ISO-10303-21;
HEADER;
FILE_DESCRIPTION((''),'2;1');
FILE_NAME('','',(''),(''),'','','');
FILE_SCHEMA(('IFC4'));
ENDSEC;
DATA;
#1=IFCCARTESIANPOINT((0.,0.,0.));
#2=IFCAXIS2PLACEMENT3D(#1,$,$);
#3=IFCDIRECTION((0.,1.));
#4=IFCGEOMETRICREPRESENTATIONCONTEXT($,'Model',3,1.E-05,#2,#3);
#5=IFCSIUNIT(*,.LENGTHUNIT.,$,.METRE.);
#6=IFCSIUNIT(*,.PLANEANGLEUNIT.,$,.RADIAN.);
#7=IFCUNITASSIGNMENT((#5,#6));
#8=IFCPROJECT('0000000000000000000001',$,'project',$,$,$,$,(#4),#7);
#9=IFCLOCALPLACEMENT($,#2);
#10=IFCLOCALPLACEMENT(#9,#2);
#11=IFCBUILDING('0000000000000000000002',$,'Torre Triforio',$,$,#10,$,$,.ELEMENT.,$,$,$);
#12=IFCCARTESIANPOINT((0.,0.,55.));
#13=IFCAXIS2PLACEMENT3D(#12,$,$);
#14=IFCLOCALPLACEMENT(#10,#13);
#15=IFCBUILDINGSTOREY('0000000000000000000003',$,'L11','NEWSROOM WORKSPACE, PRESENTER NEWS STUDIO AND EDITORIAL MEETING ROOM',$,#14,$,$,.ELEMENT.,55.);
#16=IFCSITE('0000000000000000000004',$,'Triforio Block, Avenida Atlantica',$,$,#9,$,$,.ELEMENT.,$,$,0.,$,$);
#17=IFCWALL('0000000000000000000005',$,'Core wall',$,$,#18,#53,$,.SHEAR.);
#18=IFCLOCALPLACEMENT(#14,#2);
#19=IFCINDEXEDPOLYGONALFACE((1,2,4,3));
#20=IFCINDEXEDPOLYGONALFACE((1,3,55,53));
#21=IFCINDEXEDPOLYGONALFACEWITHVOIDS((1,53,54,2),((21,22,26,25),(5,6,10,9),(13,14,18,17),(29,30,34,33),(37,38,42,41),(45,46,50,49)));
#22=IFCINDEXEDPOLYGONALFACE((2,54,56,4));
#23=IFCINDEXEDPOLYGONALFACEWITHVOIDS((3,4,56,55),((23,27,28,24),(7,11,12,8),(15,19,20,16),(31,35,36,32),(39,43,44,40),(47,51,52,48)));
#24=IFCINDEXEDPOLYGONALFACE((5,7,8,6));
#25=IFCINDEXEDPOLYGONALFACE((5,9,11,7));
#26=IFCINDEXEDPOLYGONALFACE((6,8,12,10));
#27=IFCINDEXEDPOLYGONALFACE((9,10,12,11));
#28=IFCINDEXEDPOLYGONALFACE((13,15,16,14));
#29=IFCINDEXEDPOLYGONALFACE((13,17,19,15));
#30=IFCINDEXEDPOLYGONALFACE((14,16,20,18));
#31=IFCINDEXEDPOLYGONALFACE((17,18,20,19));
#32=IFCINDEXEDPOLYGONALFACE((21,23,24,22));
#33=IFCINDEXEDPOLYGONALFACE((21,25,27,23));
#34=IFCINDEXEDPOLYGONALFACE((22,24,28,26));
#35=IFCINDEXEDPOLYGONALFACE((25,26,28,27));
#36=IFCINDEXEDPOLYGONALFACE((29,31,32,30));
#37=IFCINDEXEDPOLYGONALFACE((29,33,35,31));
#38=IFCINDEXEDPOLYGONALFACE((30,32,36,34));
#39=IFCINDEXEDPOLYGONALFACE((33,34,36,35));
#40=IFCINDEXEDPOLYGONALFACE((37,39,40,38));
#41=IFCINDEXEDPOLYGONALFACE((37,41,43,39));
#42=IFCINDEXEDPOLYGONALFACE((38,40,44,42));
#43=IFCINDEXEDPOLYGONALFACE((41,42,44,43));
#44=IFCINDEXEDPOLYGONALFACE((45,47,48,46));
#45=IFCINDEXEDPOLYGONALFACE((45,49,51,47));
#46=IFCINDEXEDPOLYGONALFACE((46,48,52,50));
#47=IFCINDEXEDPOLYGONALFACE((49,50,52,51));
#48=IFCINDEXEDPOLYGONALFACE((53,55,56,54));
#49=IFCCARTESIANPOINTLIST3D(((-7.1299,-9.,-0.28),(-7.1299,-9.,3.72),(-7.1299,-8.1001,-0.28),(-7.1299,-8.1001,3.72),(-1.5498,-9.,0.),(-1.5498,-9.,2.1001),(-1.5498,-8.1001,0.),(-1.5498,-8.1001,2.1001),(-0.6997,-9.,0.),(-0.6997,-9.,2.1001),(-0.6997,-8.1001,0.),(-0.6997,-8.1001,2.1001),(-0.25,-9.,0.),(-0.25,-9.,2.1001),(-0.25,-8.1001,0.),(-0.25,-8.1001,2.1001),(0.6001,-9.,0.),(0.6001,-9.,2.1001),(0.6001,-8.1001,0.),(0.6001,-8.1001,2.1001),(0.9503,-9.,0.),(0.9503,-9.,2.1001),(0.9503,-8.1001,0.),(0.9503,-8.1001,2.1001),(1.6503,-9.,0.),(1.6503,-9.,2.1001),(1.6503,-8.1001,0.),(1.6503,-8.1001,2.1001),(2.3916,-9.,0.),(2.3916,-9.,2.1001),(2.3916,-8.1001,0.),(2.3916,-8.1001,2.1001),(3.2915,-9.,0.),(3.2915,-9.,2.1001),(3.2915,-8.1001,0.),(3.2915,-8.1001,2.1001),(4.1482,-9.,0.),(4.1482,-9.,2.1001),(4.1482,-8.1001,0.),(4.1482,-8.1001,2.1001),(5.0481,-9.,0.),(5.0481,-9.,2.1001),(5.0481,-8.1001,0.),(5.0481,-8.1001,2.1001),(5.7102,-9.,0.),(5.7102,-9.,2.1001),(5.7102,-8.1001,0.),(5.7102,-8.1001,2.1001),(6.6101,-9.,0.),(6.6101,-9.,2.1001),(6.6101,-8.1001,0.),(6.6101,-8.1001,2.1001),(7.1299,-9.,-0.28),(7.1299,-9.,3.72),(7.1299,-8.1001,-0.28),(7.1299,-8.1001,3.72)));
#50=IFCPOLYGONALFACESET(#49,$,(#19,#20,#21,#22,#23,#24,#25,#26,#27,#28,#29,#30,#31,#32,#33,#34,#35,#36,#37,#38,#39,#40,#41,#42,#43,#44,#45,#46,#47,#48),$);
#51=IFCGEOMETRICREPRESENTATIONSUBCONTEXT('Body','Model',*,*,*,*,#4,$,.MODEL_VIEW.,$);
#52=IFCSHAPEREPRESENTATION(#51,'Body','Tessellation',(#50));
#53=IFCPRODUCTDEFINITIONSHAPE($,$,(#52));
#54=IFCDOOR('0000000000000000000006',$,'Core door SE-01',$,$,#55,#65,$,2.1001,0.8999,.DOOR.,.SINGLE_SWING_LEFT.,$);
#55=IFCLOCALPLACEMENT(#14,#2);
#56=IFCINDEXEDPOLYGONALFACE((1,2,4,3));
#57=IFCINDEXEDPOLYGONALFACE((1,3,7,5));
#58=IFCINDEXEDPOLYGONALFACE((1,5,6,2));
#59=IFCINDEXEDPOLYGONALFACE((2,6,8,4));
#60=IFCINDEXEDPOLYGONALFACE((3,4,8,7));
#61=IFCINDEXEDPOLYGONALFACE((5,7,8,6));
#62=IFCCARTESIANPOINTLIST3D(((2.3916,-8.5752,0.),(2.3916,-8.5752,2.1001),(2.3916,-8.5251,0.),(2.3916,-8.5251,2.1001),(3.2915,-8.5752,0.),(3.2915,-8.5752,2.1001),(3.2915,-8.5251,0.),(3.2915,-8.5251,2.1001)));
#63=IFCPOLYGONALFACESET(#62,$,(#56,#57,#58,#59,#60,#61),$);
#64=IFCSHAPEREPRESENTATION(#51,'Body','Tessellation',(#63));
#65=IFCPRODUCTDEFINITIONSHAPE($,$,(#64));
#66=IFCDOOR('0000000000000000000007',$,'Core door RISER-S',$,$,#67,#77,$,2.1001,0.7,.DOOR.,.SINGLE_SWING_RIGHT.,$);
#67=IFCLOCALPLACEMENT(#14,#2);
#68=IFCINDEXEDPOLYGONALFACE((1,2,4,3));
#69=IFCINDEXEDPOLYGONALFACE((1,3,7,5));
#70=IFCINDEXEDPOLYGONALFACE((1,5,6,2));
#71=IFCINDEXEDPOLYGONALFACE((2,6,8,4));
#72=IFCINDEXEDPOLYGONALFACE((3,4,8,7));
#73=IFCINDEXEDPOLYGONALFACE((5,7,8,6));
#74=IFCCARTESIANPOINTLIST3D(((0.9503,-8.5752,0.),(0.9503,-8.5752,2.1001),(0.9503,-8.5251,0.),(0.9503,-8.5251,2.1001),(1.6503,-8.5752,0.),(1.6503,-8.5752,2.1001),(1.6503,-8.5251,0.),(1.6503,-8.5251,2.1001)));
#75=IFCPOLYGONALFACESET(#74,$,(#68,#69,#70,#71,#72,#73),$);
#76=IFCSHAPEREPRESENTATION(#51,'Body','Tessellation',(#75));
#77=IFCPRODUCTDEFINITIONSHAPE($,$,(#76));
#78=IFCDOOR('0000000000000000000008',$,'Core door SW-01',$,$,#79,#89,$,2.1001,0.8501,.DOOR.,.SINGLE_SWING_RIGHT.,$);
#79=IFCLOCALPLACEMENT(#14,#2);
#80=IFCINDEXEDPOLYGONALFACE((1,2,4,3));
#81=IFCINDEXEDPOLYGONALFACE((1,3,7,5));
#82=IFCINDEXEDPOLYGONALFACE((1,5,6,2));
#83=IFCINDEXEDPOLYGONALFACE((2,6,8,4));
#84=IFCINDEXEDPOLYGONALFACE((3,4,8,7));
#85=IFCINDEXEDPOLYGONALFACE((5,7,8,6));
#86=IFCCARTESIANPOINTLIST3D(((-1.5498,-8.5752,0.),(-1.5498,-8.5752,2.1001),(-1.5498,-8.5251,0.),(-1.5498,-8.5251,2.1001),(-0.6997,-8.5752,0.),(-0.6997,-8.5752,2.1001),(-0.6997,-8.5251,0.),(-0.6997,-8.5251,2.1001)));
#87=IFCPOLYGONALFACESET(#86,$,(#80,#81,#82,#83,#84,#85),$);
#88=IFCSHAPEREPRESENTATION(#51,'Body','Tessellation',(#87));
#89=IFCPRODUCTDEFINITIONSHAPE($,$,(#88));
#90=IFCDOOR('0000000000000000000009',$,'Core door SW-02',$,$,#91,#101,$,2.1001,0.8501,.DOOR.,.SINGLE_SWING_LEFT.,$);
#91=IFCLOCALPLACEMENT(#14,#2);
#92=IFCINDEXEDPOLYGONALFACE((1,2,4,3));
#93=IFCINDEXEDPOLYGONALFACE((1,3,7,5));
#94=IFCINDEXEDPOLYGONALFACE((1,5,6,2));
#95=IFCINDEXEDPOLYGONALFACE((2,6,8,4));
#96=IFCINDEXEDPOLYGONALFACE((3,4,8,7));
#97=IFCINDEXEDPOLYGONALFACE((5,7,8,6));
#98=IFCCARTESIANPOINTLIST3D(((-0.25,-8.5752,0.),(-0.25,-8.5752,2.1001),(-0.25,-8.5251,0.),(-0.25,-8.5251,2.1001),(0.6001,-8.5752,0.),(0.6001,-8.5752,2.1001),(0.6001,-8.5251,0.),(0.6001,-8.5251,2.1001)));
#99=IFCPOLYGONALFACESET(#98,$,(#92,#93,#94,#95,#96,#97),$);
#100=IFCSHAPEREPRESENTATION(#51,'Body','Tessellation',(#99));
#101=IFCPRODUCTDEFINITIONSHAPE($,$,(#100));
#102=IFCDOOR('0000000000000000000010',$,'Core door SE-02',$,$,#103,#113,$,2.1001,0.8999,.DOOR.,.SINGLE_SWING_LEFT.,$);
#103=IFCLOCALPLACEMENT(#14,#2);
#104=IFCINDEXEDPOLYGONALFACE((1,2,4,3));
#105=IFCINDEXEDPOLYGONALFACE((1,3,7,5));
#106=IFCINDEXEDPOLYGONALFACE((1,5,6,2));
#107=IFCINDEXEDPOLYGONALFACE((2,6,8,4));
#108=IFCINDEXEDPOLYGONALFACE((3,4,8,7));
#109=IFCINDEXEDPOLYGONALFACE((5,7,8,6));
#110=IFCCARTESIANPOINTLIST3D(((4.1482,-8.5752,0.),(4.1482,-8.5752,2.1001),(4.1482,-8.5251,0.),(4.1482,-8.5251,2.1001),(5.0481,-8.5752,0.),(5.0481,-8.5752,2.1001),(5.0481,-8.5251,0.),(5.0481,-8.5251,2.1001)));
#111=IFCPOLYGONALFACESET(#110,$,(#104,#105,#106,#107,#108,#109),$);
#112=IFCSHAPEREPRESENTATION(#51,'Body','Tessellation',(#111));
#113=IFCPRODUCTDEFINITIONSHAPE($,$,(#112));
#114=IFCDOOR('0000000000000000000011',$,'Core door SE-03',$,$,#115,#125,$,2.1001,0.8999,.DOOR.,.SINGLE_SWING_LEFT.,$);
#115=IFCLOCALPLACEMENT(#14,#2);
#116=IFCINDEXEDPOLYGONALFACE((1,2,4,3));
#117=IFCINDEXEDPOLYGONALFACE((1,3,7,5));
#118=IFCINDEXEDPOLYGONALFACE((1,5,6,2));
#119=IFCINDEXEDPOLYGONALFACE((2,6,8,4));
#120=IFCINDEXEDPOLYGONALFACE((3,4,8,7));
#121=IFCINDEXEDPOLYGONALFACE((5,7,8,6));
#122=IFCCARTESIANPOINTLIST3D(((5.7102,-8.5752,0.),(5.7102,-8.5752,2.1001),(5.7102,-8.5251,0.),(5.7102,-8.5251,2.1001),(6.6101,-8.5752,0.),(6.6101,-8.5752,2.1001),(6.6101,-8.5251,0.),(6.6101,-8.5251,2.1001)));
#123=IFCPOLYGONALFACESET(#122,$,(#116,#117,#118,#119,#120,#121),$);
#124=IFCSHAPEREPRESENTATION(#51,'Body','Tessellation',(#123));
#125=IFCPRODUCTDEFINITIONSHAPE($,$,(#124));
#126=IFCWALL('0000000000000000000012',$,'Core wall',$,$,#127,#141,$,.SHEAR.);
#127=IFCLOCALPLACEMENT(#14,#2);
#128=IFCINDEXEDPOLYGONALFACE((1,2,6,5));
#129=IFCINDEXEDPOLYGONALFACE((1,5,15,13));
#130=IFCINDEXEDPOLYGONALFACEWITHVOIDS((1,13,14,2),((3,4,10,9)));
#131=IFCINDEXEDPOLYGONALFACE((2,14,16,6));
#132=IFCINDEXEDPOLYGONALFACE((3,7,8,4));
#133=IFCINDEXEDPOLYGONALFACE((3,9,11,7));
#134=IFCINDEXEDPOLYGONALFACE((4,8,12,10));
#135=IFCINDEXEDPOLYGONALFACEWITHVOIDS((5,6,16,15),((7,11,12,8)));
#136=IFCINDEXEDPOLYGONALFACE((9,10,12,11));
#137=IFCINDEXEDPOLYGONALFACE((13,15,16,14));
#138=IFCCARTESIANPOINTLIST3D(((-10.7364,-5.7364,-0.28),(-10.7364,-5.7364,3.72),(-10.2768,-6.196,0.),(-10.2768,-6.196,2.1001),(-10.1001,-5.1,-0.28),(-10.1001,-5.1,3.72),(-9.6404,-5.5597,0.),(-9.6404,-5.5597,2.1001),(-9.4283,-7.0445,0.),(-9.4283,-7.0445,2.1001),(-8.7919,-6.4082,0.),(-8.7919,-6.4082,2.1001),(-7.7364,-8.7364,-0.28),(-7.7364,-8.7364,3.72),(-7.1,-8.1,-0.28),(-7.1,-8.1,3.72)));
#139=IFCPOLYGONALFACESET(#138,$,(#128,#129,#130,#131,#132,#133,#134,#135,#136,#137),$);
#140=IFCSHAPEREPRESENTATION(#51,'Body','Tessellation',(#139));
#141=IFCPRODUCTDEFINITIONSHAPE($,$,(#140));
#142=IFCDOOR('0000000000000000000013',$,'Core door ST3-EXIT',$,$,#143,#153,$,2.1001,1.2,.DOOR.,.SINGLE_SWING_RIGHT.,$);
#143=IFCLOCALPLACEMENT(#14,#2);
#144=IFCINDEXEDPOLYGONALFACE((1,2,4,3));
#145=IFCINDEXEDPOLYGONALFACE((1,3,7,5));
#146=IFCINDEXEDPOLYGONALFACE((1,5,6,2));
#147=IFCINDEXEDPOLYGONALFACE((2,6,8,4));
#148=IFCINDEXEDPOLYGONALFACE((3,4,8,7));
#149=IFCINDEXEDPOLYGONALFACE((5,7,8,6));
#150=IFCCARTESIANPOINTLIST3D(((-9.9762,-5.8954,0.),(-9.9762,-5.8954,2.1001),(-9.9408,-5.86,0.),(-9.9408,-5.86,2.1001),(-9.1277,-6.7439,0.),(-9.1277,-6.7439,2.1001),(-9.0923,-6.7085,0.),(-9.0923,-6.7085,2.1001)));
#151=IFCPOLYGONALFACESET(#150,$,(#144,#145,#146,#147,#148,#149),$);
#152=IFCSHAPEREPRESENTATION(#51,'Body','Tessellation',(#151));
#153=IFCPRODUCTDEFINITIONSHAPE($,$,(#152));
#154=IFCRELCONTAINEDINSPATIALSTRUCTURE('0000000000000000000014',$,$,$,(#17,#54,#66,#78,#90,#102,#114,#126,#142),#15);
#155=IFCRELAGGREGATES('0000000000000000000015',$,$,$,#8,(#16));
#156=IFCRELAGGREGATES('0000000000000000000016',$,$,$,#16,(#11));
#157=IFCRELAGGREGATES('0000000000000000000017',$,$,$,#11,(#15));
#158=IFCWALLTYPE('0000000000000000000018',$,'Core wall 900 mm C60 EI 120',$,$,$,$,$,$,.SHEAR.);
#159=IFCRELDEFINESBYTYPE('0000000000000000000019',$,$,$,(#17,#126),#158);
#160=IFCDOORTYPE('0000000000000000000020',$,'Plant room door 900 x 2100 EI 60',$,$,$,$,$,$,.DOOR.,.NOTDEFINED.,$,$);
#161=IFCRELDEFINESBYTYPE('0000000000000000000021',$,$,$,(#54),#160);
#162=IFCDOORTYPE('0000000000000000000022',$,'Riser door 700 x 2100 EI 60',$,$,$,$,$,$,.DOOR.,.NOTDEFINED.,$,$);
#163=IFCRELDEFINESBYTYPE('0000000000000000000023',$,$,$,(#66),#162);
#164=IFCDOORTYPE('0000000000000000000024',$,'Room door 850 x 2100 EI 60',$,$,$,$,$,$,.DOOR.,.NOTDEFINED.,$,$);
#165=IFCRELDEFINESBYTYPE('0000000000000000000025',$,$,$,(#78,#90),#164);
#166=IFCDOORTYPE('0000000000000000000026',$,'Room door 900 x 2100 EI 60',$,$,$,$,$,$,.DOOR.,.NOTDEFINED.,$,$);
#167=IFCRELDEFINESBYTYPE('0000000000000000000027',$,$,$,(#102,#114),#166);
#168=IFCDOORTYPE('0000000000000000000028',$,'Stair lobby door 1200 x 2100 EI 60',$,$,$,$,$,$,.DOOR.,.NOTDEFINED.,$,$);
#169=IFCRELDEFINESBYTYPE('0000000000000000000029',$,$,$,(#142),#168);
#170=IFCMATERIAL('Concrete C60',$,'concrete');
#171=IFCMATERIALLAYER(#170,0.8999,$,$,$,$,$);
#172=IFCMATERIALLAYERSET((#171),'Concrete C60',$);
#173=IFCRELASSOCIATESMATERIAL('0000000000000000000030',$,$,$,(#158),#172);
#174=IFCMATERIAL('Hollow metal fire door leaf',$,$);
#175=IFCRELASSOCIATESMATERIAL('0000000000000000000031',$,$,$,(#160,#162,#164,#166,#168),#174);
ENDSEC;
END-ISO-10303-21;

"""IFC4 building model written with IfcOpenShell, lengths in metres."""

from ifc_helpers import new_model, si_unit, direction, frame, frame_2d, origin, place, context, subcontext, project, spatial, rectangle, extrude, material, layer, layer_set, type_object, element, fill, save


model = new_model("IFC4")

# Units and contexts
model_context = context("Model", 3, precision=1e-05, world=origin(), true_north=direction((0.0, 1.0)))
body_context = subcontext(model_context, "Body", "Model", "MODEL_VIEW")
ifc_project = project(units=[si_unit("LENGTHUNIT", "METRE"), si_unit("PLANEANGLEUNIT", "RADIAN")], contexts=[model_context])

# Site, building, storey
site_placement = place(None, origin())
site = spatial("IfcSite", under=ifc_project, at=site_placement, Name="Triforio Block, Avenida Atlantica", CompositionType="ELEMENT", RefElevation=0.0)
building_placement = place(site_placement, origin())
building = spatial("IfcBuilding", under=site, at=building_placement, Name="Torre Triforio", CompositionType="ELEMENT")
storey_placement = place(building_placement, frame((0.0, 0.0, 55.0)))
storey = spatial("IfcBuildingStorey", under=building, at=storey_placement, Name="L11", Description="NEWSROOM WORKSPACE, PRESENTER NEWS STUDIO AND EDITORIAL MEETING ROOM", CompositionType="ELEMENT", Elevation=55.0)

# Shared definitions
ifc_material_1 = material(Name="Concrete C60", Category="concrete")

# Wall, openings, doors
ifc_layer_1 = layer(ifc_material_1, 0.8999)
ifc_layer_set_1 = layer_set([ifc_layer_1], Name="Concrete C60")
wall_type_1 = type_object("IfcWallType", Name="Core wall 900 mm C60 EI 120", PredefinedType="SHEAR", material=ifc_layer_set_1)
wall_1_placement = place(storey_placement, frame((-7.1299, -8.55, -0.28), z_axis=(0.0, 0.0, 1.0), x_axis=(1.0, 0.0, 0.0)))
wall_1 = element("IfcWall", 1, at=wall_1_placement, inside=storey, type_object=wall_type_1, Name="Core wall", PredefinedType="SHEAR", context=body_context, shape_type="SweptSolid", body=[
    extrude(rectangle(XDim=14.2598, YDim=0.8999, at=frame_2d((7.1299, 0.0))), origin(), (0.0, 0.0, 1.0), 4.0),
])
opening_1_placement = place(wall_1_placement, frame((8.0801, 0.0, 0.28)))
opening_1 = element("IfcOpeningElement", 2, at=opening_1_placement, cuts=wall_1, PredefinedType="OPENING", context=body_context, shape_type="SweptSolid", body=[
    extrude(rectangle(XDim=0.7, YDim=2.1001, at=frame_2d((0.3501, 1.05))), frame((0.0, 0.46, 0.0), z_axis=(0.0, -1.0, 0.0), x_axis=(1.0, 0.0, 0.0)), (0.0, 0.0, 1.0), 0.9199),
])
opening_2_placement = place(wall_1_placement, frame((5.5801, 0.0, 0.28)))
opening_2 = element("IfcOpeningElement", 3, at=opening_2_placement, cuts=wall_1, PredefinedType="OPENING", context=body_context, shape_type="SweptSolid", body=[
    extrude(rectangle(XDim=0.8501, YDim=2.1001, at=frame_2d((0.425, 1.05))), frame((0.0, 0.46, 0.0), z_axis=(0.0, -1.0, 0.0), x_axis=(1.0, 0.0, 0.0)), (0.0, 0.0, 1.0), 0.9199),
])
opening_3_placement = place(wall_1_placement, frame((6.8799, 0.0, 0.28)))
opening_3 = element("IfcOpeningElement", 4, at=opening_3_placement, cuts=wall_1, PredefinedType="OPENING", context=body_context, shape_type="SweptSolid", body=[
    extrude(rectangle(XDim=0.8501, YDim=2.1001, at=frame_2d((0.425, 1.05))), frame((0.0, 0.46, 0.0), z_axis=(0.0, -1.0, 0.0), x_axis=(1.0, 0.0, 0.0)), (0.0, 0.0, 1.0), 0.9199),
])
opening_4_placement = place(wall_1_placement, frame((9.5215, 0.0, 0.28)))
opening_4 = element("IfcOpeningElement", 5, at=opening_4_placement, cuts=wall_1, PredefinedType="OPENING", context=body_context, shape_type="SweptSolid", body=[
    extrude(rectangle(XDim=0.8999, YDim=2.1001, at=frame_2d((0.45, 1.05))), frame((0.0, 0.46, 0.0), z_axis=(0.0, -1.0, 0.0), x_axis=(1.0, 0.0, 0.0)), (0.0, 0.0, 1.0), 0.9199),
])
opening_5_placement = place(wall_1_placement, frame((11.2781, 0.0, 0.28)))
opening_5 = element("IfcOpeningElement", 6, at=opening_5_placement, cuts=wall_1, PredefinedType="OPENING", context=body_context, shape_type="SweptSolid", body=[
    extrude(rectangle(XDim=0.8999, YDim=2.1001, at=frame_2d((0.45, 1.05))), frame((0.0, 0.46, 0.0), z_axis=(0.0, -1.0, 0.0), x_axis=(1.0, 0.0, 0.0)), (0.0, 0.0, 1.0), 0.9199),
])
opening_6_placement = place(wall_1_placement, frame((12.8401, 0.0, 0.28)))
opening_6 = element("IfcOpeningElement", 7, at=opening_6_placement, cuts=wall_1, PredefinedType="OPENING", context=body_context, shape_type="SweptSolid", body=[
    extrude(rectangle(XDim=0.8999, YDim=2.1001, at=frame_2d((0.45, 1.05))), frame((0.0, 0.46, 0.0), z_axis=(0.0, -1.0, 0.0), x_axis=(1.0, 0.0, 0.0)), (0.0, 0.0, 1.0), 0.9199),
])
ifc_material_2 = material(Name="Hollow metal fire door leaf")
door_type_1 = type_object("IfcDoorType", Name="Plant room door 900 x 2100 EI 60", OperationType="NOTDEFINED", PredefinedType="DOOR", material=ifc_material_2)
door_1_placement = place(opening_4_placement, origin())
door_1 = element("IfcDoor", 8, at=door_1_placement, inside=storey, type_object=door_type_1, Name="Core door SE-01", OperationType="SINGLE_SWING_LEFT", OverallHeight=2.1001, OverallWidth=0.8999, PredefinedType="DOOR", context=body_context, shape_type="SweptSolid", body=[
    extrude(rectangle(XDim=0.8999, YDim=2.1001, at=frame_2d((0.45, 1.05))), frame((0.0, 0.0249, 0.0), z_axis=(0.0, -1.0, 0.0), x_axis=(1.0, 0.0, 0.0)), (0.0, 0.0, 1.0), 0.05),
])
fill(opening_4, door_1)
door_type_2 = type_object("IfcDoorType", Name="Riser door 700 x 2100 EI 60", OperationType="NOTDEFINED", PredefinedType="DOOR", material=ifc_material_2)
door_2_placement = place(opening_1_placement, origin())
door_2 = element("IfcDoor", 9, at=door_2_placement, inside=storey, type_object=door_type_2, Name="Core door RISER-S", OperationType="SINGLE_SWING_RIGHT", OverallHeight=2.1001, OverallWidth=0.7, PredefinedType="DOOR", context=body_context, shape_type="SweptSolid", body=[
    extrude(rectangle(XDim=0.7, YDim=2.1001, at=frame_2d((0.3501, 1.05))), frame((0.0, 0.0249, 0.0), z_axis=(0.0, -1.0, 0.0), x_axis=(1.0, 0.0, 0.0)), (0.0, 0.0, 1.0), 0.05),
])
fill(opening_1, door_2)
door_type_3 = type_object("IfcDoorType", Name="Room door 850 x 2100 EI 60", OperationType="NOTDEFINED", PredefinedType="DOOR", material=ifc_material_2)
door_3_placement = place(opening_2_placement, origin())
door_3 = element("IfcDoor", 10, at=door_3_placement, inside=storey, type_object=door_type_3, Name="Core door SW-01", OperationType="SINGLE_SWING_RIGHT", OverallHeight=2.1001, OverallWidth=0.8501, PredefinedType="DOOR", context=body_context, shape_type="SweptSolid", body=[
    extrude(rectangle(XDim=0.8501, YDim=2.1001, at=frame_2d((0.425, 1.05))), frame((0.0, 0.0249, 0.0), z_axis=(0.0, -1.0, 0.0), x_axis=(1.0, 0.0, 0.0)), (0.0, 0.0, 1.0), 0.05),
])
fill(opening_2, door_3)
door_4_placement = place(opening_3_placement, origin())
door_4 = element("IfcDoor", 11, at=door_4_placement, inside=storey, type_object=door_type_3, Name="Core door SW-02", OperationType="SINGLE_SWING_LEFT", OverallHeight=2.1001, OverallWidth=0.8501, PredefinedType="DOOR", context=body_context, shape_type="SweptSolid", body=[
    extrude(rectangle(XDim=0.8501, YDim=2.1001, at=frame_2d((0.425, 1.05))), frame((0.0, 0.0249, 0.0), z_axis=(0.0, -1.0, 0.0), x_axis=(1.0, 0.0, 0.0)), (0.0, 0.0, 1.0), 0.05),
])
fill(opening_3, door_4)
door_type_4 = type_object("IfcDoorType", Name="Room door 900 x 2100 EI 60", OperationType="NOTDEFINED", PredefinedType="DOOR", material=ifc_material_2)
door_5_placement = place(opening_5_placement, origin())
door_5 = element("IfcDoor", 12, at=door_5_placement, inside=storey, type_object=door_type_4, Name="Core door SE-02", OperationType="SINGLE_SWING_LEFT", OverallHeight=2.1001, OverallWidth=0.8999, PredefinedType="DOOR", context=body_context, shape_type="SweptSolid", body=[
    extrude(rectangle(XDim=0.8999, YDim=2.1001, at=frame_2d((0.45, 1.05))), frame((0.0, 0.0249, 0.0), z_axis=(0.0, -1.0, 0.0), x_axis=(1.0, 0.0, 0.0)), (0.0, 0.0, 1.0), 0.05),
])
fill(opening_5, door_5)
door_6_placement = place(opening_6_placement, origin())
door_6 = element("IfcDoor", 13, at=door_6_placement, inside=storey, type_object=door_type_4, Name="Core door SE-03", OperationType="SINGLE_SWING_LEFT", OverallHeight=2.1001, OverallWidth=0.8999, PredefinedType="DOOR", context=body_context, shape_type="SweptSolid", body=[
    extrude(rectangle(XDim=0.8999, YDim=2.1001, at=frame_2d((0.45, 1.05))), frame((0.0, 0.0249, 0.0), z_axis=(0.0, -1.0, 0.0), x_axis=(1.0, 0.0, 0.0)), (0.0, 0.0, 1.0), 0.05),
])
fill(opening_6, door_6)

# Wall, opening, door
wall_2_placement = place(storey_placement, frame((-7.4182, -8.4182, -0.28), z_axis=(0.0, 0.0, 1.0), x_axis=(-0.707107, 0.707107, 0.0)))
wall_2 = element("IfcWall", 14, at=wall_2_placement, inside=storey, type_object=wall_type_1, Name="Core wall", PredefinedType="SHEAR", context=body_context, shape_type="SweptSolid", body=[
    extrude(rectangle(XDim=4.2427, YDim=0.8999, at=frame_2d((2.1213, 0.0))), origin(), (0.0, 0.0, 1.0), 4.0),
])
opening_7_placement = place(wall_2_placement, frame((2.3926, 0.0, 0.28)))
opening_7 = element("IfcOpeningElement", 15, at=opening_7_placement, cuts=wall_2, PredefinedType="OPENING", context=body_context, shape_type="SweptSolid", body=[
    extrude(rectangle(XDim=1.2, YDim=2.1001, at=frame_2d((0.6001, 1.05))), frame((0.0, 0.46, 0.0), z_axis=(0.0, -1.0, 0.0), x_axis=(1.0, 0.0, 0.0)), (0.0, 0.0, 1.0), 0.9199),
])
door_type_5 = type_object("IfcDoorType", Name="Stair lobby door 1200 x 2100 EI 60", OperationType="NOTDEFINED", PredefinedType="DOOR", material=ifc_material_2)
door_7_placement = place(opening_7_placement, origin())
door_7 = element("IfcDoor", 16, at=door_7_placement, inside=storey, type_object=door_type_5, Name="Core door ST3-EXIT", OperationType="SINGLE_SWING_RIGHT", OverallHeight=2.1001, OverallWidth=1.2, PredefinedType="DOOR", context=body_context, shape_type="SweptSolid", body=[
    extrude(rectangle(XDim=1.2, YDim=2.1001, at=frame_2d((0.6001, 1.05))), frame((0.0, 0.0249, 0.0), z_axis=(0.0, -1.0, 0.0), x_axis=(1.0, 0.0, 0.0)), (0.0, 0.0, 1.0), 0.05),
])
fill(opening_7, door_7)

save(model, "model.ifc")
